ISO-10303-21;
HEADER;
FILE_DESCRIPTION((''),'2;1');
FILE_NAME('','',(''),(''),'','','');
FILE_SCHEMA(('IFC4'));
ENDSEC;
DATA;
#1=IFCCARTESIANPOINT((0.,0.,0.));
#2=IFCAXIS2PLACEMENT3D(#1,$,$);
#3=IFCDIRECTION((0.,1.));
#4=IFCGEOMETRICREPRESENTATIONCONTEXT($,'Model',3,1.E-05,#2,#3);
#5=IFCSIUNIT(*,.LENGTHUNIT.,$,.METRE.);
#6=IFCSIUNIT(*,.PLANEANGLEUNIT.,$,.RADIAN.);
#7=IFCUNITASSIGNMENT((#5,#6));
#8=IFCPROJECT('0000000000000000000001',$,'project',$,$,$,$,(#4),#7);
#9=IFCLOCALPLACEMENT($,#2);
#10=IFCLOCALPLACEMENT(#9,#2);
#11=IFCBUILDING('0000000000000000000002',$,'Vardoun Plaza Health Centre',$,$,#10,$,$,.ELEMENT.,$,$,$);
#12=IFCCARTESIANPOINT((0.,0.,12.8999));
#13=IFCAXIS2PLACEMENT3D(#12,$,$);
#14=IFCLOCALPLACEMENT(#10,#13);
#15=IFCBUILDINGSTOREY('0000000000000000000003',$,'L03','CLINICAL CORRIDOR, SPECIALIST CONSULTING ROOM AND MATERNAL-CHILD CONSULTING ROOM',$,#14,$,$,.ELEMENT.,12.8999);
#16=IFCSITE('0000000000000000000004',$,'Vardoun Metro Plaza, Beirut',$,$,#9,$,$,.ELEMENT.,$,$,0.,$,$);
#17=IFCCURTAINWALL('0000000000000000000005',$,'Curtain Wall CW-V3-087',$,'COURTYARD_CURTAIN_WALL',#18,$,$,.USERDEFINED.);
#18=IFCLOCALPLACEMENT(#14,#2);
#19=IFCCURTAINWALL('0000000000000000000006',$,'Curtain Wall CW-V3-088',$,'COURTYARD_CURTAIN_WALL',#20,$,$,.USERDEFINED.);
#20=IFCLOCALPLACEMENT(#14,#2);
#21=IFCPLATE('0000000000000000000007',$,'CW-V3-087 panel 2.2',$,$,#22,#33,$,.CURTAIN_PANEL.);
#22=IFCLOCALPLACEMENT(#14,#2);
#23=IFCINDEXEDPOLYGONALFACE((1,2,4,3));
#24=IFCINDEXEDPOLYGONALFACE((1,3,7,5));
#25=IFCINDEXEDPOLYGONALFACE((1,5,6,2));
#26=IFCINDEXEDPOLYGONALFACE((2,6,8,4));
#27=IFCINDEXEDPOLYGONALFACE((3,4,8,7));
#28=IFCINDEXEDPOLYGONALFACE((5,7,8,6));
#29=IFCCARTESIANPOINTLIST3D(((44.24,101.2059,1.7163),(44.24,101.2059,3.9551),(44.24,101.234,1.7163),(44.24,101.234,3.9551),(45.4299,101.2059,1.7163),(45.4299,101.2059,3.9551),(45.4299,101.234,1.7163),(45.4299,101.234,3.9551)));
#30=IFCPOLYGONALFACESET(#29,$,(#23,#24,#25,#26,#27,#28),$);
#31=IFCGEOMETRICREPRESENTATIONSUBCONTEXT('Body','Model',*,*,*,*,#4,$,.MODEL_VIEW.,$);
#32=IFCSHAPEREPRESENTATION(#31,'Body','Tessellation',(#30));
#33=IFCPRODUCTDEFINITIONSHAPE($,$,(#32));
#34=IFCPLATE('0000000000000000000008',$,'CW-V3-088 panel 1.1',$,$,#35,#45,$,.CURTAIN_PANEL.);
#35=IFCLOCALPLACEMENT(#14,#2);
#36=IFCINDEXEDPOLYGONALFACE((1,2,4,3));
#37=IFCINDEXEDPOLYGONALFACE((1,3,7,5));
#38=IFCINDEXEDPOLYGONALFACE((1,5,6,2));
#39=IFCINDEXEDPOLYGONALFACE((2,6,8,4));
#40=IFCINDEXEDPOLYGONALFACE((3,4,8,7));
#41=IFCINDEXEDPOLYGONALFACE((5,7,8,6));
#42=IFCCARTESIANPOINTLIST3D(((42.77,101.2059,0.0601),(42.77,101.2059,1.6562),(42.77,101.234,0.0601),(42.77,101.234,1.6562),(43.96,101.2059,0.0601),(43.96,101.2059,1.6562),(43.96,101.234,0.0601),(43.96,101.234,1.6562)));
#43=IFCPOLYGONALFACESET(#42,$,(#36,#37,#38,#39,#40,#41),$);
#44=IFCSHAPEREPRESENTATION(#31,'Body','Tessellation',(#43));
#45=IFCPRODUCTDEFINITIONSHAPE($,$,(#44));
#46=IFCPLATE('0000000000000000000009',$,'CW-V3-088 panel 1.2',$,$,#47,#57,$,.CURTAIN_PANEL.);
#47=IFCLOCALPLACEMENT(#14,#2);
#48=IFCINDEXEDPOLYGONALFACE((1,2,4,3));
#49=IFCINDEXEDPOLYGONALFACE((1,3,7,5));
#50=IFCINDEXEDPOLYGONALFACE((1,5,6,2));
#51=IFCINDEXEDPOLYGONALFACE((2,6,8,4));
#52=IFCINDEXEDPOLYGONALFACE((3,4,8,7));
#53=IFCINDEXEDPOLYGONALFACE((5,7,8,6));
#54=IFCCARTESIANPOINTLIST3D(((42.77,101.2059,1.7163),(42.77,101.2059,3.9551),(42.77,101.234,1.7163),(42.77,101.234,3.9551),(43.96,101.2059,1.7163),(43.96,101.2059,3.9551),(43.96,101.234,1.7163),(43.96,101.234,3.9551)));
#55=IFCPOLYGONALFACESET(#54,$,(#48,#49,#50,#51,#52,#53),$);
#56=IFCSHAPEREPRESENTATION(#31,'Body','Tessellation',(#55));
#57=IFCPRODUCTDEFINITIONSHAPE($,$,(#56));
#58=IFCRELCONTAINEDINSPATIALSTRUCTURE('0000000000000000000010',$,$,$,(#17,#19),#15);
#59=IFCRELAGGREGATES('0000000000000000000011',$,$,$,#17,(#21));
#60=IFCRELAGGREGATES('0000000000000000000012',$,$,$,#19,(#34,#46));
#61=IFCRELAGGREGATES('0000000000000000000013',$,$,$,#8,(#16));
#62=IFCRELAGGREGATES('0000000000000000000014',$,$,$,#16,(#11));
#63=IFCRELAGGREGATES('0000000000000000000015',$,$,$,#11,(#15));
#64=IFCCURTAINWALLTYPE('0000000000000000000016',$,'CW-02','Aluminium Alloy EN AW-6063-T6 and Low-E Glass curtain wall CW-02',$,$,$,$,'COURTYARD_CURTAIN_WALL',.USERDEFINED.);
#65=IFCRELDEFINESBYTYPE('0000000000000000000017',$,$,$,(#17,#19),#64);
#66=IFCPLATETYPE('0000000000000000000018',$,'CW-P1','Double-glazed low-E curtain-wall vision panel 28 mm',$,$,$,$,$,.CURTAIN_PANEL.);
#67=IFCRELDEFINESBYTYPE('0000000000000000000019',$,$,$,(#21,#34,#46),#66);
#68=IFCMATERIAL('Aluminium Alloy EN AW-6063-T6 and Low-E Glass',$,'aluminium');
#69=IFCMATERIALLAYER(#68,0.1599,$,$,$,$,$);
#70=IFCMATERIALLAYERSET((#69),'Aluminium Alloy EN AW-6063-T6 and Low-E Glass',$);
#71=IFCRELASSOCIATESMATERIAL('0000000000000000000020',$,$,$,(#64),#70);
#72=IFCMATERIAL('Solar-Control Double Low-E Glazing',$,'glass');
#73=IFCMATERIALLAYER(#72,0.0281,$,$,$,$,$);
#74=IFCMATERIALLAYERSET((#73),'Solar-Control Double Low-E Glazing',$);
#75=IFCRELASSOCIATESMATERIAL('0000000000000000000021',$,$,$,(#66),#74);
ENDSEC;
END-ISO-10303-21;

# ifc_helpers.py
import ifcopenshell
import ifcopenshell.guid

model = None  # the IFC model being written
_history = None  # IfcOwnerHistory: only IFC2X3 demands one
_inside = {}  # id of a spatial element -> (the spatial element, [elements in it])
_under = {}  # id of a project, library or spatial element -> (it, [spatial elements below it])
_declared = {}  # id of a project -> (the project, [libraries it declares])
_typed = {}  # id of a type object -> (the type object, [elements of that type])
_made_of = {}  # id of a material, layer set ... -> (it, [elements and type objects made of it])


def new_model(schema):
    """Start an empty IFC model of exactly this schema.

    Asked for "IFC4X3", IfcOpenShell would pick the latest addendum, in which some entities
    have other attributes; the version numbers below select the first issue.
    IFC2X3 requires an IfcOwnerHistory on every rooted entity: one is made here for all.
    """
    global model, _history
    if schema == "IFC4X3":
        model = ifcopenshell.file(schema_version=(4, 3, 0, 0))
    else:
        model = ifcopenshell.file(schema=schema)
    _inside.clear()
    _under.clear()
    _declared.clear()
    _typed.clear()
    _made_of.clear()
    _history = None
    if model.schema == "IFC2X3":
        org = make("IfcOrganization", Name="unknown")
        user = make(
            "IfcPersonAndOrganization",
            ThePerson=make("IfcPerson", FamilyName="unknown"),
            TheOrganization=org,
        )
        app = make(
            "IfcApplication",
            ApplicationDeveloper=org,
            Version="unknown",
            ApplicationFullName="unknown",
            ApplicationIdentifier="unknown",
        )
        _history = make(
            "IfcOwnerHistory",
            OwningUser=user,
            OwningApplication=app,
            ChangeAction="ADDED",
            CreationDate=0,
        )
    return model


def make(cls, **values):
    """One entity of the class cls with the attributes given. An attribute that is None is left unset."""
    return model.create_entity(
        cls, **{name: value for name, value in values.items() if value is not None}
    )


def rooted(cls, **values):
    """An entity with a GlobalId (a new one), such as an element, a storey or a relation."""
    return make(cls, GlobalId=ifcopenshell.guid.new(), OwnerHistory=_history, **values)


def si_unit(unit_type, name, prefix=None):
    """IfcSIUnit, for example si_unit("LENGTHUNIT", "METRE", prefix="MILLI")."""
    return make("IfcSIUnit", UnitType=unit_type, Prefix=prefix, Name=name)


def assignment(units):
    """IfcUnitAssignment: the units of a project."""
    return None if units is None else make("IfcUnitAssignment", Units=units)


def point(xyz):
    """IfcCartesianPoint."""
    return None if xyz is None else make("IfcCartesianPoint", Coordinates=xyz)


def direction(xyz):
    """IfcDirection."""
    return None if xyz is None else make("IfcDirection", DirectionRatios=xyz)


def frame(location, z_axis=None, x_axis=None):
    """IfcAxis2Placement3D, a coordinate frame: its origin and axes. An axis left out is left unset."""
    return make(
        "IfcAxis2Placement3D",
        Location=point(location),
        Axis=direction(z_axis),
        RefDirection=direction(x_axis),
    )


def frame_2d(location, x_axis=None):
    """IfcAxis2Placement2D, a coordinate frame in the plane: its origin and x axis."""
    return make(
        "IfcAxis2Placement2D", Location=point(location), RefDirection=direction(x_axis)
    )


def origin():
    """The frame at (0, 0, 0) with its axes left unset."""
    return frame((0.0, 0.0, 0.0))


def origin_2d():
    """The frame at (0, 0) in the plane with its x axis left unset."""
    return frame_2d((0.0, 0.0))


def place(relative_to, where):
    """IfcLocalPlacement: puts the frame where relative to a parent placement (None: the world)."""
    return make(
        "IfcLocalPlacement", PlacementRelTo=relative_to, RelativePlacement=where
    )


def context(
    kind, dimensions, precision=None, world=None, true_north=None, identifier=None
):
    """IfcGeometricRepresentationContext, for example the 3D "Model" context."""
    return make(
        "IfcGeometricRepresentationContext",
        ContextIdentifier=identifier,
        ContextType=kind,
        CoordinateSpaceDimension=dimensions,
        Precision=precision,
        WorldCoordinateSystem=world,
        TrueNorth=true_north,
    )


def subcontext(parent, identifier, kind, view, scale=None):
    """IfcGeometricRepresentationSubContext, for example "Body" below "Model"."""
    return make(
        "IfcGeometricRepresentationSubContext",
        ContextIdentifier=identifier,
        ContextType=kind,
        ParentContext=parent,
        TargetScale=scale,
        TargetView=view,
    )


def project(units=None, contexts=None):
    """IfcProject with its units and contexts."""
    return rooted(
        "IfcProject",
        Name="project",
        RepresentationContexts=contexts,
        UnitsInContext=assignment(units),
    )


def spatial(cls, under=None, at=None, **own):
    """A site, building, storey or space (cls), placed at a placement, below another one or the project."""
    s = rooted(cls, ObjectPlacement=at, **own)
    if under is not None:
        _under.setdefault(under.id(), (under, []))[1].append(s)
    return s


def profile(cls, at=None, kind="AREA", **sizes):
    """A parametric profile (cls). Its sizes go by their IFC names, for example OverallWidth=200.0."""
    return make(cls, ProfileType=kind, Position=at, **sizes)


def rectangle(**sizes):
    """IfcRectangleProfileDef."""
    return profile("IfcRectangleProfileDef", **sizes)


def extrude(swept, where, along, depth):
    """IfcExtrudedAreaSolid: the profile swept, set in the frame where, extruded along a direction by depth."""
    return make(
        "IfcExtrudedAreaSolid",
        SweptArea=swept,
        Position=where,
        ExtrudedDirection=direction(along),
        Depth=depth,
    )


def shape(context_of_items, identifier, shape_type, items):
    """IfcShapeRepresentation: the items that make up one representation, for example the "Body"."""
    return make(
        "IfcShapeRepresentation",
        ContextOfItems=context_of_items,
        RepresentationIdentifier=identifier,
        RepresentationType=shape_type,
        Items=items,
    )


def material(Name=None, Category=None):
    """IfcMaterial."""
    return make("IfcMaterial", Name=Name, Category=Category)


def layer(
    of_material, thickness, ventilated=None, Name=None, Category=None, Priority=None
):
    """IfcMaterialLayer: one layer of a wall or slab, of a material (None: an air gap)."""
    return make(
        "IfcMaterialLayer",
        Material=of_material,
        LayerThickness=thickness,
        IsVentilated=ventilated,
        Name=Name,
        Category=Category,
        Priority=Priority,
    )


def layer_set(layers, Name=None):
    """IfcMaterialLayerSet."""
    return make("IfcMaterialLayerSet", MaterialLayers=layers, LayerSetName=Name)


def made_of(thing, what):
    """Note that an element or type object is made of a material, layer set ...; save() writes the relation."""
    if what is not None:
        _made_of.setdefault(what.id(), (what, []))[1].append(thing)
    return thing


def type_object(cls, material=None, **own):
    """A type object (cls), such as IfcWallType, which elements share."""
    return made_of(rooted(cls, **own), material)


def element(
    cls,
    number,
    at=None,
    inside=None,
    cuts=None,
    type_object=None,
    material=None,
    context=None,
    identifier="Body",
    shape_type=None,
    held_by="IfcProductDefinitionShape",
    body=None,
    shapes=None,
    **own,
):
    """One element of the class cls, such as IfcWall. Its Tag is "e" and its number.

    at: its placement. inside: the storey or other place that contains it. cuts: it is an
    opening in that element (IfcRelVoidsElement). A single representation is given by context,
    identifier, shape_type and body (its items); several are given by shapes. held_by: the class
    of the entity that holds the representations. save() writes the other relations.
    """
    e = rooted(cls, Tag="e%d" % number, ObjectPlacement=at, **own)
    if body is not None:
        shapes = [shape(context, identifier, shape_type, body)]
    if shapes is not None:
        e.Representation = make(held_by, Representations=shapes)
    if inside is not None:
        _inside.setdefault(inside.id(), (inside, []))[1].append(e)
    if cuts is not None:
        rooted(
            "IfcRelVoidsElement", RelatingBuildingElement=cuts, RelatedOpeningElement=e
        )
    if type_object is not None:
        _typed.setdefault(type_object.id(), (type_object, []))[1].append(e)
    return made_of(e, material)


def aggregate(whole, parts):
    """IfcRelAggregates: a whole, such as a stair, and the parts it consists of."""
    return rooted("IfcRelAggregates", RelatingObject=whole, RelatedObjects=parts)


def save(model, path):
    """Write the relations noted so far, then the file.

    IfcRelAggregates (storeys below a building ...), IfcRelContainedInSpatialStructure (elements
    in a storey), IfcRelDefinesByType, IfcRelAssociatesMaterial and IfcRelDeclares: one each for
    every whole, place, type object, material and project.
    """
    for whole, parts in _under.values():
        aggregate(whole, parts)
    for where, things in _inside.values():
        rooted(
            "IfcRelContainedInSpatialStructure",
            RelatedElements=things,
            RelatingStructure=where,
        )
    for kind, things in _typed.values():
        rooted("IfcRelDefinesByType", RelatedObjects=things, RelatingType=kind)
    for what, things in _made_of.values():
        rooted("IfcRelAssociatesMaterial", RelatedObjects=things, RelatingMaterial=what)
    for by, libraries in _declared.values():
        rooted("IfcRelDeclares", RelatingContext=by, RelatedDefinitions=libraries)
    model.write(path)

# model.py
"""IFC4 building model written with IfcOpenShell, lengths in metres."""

from ifc_helpers import new_model, si_unit, direction, frame, origin, origin_2d, place, context, subcontext, project, spatial, rectangle, extrude, material, layer, layer_set, type_object, element, aggregate, save


model = new_model("IFC4")

# Units and contexts
model_context = context("Model", 3, precision=1e-05, world=origin(), true_north=direction((0.0, 1.0)))
body_context = subcontext(model_context, "Body", "Model", "MODEL_VIEW")
ifc_project = project(units=[si_unit("LENGTHUNIT", "METRE"), si_unit("PLANEANGLEUNIT", "RADIAN")], contexts=[model_context])

# Site, building, storey
site_placement = place(None, origin())
site = spatial("IfcSite", under=ifc_project, at=site_placement, Name="Vardoun Metro Plaza, Beirut", CompositionType="ELEMENT", RefElevation=0.0)
building_placement = place(site_placement, origin())
building = spatial("IfcBuilding", under=site, at=building_placement, Name="Vardoun Plaza Health Centre", CompositionType="ELEMENT")
storey_placement = place(building_placement, frame((0.0, 0.0, 12.8999)))
storey = spatial("IfcBuildingStorey", under=building, at=storey_placement, Name="L03", Description="CLINICAL CORRIDOR, SPECIALIST CONSULTING ROOM AND MATERNAL-CHILD CONSULTING ROOM", CompositionType="ELEMENT", Elevation=12.8999)

# Curtain walls
ifc_material_1 = material(Name="Aluminium Alloy EN AW-6063-T6 and Low-E Glass", Category="aluminium")
ifc_layer_1 = layer(ifc_material_1, 0.1599)
ifc_layer_set_1 = layer_set([ifc_layer_1], Name="Aluminium Alloy EN AW-6063-T6 and Low-E Glass")
curtain_wall_type = type_object("IfcCurtainWallType", Name="CW-02", Description="Aluminium Alloy EN AW-6063-T6 and Low-E Glass curtain wall CW-02", ElementType="COURTYARD_CURTAIN_WALL", PredefinedType="USERDEFINED", material=ifc_layer_set_1)
curtain_wall_1_placement = place(storey_placement, origin())
curtain_wall_1 = element("IfcCurtainWall", 1, at=curtain_wall_1_placement, inside=storey, type_object=curtain_wall_type, Name="Curtain Wall CW-V3-087", ObjectType="COURTYARD_CURTAIN_WALL", PredefinedType="USERDEFINED")
curtain_wall_2_placement = place(storey_placement, origin())
curtain_wall_2 = element("IfcCurtainWall", 2, at=curtain_wall_2_placement, inside=storey, type_object=curtain_wall_type, Name="Curtain Wall CW-V3-088", ObjectType="COURTYARD_CURTAIN_WALL", PredefinedType="USERDEFINED")

# Plates
ifc_material_2 = material(Name="Solar-Control Double Low-E Glazing", Category="glass")
ifc_layer_2 = layer(ifc_material_2, 0.0281)
ifc_layer_set_2 = layer_set([ifc_layer_2], Name="Solar-Control Double Low-E Glazing")
plate_type = type_object("IfcPlateType", Name="CW-P1", Description="Double-glazed low-E curtain-wall vision panel 28 mm", PredefinedType="CURTAIN_PANEL", material=ifc_layer_set_2)
plate_1_placement = place(storey_placement, frame((44.835, 101.22, 1.7163), z_axis=(0.0, 0.0, 1.0), x_axis=(-1.0, 0.0, 0.0)))
plate_1 = element("IfcPlate", 3, at=plate_1_placement, type_object=plate_type, Name="CW-V3-087 panel 2.2", PredefinedType="CURTAIN_PANEL", context=body_context, shape_type="SweptSolid", body=[
    extrude(rectangle(XDim=1.1899, YDim=0.0281, at=origin_2d()), origin(), (0.0, 0.0, 1.0), 2.2388),
])
aggregate(curtain_wall_1, [plate_1])
plate_2_placement = place(storey_placement, frame((43.365, 101.22, 0.0601), z_axis=(0.0, 0.0, 1.0), x_axis=(-1.0, 0.0, 0.0)))
plate_2 = element("IfcPlate", 4, at=plate_2_placement, type_object=plate_type, Name="CW-V3-088 panel 1.1", PredefinedType="CURTAIN_PANEL", context=body_context, shape_type="SweptSolid", body=[
    extrude(rectangle(XDim=1.1899, YDim=0.0281, at=origin_2d()), origin(), (0.0, 0.0, 1.0), 1.5962),
])
plate_3_placement = place(storey_placement, frame((43.365, 101.22, 1.7163), z_axis=(0.0, 0.0, 1.0), x_axis=(-1.0, 0.0, 0.0)))
plate_3 = element("IfcPlate", 5, at=plate_3_placement, type_object=plate_type, Name="CW-V3-088 panel 1.2", PredefinedType="CURTAIN_PANEL", context=body_context, shape_type="SweptSolid", body=[
    extrude(rectangle(XDim=1.1899, YDim=0.0281, at=origin_2d()), origin(), (0.0, 0.0, 1.0), 2.2388),
])
aggregate(curtain_wall_2, [plate_2, plate_3])

save(model, "model.ifc")
